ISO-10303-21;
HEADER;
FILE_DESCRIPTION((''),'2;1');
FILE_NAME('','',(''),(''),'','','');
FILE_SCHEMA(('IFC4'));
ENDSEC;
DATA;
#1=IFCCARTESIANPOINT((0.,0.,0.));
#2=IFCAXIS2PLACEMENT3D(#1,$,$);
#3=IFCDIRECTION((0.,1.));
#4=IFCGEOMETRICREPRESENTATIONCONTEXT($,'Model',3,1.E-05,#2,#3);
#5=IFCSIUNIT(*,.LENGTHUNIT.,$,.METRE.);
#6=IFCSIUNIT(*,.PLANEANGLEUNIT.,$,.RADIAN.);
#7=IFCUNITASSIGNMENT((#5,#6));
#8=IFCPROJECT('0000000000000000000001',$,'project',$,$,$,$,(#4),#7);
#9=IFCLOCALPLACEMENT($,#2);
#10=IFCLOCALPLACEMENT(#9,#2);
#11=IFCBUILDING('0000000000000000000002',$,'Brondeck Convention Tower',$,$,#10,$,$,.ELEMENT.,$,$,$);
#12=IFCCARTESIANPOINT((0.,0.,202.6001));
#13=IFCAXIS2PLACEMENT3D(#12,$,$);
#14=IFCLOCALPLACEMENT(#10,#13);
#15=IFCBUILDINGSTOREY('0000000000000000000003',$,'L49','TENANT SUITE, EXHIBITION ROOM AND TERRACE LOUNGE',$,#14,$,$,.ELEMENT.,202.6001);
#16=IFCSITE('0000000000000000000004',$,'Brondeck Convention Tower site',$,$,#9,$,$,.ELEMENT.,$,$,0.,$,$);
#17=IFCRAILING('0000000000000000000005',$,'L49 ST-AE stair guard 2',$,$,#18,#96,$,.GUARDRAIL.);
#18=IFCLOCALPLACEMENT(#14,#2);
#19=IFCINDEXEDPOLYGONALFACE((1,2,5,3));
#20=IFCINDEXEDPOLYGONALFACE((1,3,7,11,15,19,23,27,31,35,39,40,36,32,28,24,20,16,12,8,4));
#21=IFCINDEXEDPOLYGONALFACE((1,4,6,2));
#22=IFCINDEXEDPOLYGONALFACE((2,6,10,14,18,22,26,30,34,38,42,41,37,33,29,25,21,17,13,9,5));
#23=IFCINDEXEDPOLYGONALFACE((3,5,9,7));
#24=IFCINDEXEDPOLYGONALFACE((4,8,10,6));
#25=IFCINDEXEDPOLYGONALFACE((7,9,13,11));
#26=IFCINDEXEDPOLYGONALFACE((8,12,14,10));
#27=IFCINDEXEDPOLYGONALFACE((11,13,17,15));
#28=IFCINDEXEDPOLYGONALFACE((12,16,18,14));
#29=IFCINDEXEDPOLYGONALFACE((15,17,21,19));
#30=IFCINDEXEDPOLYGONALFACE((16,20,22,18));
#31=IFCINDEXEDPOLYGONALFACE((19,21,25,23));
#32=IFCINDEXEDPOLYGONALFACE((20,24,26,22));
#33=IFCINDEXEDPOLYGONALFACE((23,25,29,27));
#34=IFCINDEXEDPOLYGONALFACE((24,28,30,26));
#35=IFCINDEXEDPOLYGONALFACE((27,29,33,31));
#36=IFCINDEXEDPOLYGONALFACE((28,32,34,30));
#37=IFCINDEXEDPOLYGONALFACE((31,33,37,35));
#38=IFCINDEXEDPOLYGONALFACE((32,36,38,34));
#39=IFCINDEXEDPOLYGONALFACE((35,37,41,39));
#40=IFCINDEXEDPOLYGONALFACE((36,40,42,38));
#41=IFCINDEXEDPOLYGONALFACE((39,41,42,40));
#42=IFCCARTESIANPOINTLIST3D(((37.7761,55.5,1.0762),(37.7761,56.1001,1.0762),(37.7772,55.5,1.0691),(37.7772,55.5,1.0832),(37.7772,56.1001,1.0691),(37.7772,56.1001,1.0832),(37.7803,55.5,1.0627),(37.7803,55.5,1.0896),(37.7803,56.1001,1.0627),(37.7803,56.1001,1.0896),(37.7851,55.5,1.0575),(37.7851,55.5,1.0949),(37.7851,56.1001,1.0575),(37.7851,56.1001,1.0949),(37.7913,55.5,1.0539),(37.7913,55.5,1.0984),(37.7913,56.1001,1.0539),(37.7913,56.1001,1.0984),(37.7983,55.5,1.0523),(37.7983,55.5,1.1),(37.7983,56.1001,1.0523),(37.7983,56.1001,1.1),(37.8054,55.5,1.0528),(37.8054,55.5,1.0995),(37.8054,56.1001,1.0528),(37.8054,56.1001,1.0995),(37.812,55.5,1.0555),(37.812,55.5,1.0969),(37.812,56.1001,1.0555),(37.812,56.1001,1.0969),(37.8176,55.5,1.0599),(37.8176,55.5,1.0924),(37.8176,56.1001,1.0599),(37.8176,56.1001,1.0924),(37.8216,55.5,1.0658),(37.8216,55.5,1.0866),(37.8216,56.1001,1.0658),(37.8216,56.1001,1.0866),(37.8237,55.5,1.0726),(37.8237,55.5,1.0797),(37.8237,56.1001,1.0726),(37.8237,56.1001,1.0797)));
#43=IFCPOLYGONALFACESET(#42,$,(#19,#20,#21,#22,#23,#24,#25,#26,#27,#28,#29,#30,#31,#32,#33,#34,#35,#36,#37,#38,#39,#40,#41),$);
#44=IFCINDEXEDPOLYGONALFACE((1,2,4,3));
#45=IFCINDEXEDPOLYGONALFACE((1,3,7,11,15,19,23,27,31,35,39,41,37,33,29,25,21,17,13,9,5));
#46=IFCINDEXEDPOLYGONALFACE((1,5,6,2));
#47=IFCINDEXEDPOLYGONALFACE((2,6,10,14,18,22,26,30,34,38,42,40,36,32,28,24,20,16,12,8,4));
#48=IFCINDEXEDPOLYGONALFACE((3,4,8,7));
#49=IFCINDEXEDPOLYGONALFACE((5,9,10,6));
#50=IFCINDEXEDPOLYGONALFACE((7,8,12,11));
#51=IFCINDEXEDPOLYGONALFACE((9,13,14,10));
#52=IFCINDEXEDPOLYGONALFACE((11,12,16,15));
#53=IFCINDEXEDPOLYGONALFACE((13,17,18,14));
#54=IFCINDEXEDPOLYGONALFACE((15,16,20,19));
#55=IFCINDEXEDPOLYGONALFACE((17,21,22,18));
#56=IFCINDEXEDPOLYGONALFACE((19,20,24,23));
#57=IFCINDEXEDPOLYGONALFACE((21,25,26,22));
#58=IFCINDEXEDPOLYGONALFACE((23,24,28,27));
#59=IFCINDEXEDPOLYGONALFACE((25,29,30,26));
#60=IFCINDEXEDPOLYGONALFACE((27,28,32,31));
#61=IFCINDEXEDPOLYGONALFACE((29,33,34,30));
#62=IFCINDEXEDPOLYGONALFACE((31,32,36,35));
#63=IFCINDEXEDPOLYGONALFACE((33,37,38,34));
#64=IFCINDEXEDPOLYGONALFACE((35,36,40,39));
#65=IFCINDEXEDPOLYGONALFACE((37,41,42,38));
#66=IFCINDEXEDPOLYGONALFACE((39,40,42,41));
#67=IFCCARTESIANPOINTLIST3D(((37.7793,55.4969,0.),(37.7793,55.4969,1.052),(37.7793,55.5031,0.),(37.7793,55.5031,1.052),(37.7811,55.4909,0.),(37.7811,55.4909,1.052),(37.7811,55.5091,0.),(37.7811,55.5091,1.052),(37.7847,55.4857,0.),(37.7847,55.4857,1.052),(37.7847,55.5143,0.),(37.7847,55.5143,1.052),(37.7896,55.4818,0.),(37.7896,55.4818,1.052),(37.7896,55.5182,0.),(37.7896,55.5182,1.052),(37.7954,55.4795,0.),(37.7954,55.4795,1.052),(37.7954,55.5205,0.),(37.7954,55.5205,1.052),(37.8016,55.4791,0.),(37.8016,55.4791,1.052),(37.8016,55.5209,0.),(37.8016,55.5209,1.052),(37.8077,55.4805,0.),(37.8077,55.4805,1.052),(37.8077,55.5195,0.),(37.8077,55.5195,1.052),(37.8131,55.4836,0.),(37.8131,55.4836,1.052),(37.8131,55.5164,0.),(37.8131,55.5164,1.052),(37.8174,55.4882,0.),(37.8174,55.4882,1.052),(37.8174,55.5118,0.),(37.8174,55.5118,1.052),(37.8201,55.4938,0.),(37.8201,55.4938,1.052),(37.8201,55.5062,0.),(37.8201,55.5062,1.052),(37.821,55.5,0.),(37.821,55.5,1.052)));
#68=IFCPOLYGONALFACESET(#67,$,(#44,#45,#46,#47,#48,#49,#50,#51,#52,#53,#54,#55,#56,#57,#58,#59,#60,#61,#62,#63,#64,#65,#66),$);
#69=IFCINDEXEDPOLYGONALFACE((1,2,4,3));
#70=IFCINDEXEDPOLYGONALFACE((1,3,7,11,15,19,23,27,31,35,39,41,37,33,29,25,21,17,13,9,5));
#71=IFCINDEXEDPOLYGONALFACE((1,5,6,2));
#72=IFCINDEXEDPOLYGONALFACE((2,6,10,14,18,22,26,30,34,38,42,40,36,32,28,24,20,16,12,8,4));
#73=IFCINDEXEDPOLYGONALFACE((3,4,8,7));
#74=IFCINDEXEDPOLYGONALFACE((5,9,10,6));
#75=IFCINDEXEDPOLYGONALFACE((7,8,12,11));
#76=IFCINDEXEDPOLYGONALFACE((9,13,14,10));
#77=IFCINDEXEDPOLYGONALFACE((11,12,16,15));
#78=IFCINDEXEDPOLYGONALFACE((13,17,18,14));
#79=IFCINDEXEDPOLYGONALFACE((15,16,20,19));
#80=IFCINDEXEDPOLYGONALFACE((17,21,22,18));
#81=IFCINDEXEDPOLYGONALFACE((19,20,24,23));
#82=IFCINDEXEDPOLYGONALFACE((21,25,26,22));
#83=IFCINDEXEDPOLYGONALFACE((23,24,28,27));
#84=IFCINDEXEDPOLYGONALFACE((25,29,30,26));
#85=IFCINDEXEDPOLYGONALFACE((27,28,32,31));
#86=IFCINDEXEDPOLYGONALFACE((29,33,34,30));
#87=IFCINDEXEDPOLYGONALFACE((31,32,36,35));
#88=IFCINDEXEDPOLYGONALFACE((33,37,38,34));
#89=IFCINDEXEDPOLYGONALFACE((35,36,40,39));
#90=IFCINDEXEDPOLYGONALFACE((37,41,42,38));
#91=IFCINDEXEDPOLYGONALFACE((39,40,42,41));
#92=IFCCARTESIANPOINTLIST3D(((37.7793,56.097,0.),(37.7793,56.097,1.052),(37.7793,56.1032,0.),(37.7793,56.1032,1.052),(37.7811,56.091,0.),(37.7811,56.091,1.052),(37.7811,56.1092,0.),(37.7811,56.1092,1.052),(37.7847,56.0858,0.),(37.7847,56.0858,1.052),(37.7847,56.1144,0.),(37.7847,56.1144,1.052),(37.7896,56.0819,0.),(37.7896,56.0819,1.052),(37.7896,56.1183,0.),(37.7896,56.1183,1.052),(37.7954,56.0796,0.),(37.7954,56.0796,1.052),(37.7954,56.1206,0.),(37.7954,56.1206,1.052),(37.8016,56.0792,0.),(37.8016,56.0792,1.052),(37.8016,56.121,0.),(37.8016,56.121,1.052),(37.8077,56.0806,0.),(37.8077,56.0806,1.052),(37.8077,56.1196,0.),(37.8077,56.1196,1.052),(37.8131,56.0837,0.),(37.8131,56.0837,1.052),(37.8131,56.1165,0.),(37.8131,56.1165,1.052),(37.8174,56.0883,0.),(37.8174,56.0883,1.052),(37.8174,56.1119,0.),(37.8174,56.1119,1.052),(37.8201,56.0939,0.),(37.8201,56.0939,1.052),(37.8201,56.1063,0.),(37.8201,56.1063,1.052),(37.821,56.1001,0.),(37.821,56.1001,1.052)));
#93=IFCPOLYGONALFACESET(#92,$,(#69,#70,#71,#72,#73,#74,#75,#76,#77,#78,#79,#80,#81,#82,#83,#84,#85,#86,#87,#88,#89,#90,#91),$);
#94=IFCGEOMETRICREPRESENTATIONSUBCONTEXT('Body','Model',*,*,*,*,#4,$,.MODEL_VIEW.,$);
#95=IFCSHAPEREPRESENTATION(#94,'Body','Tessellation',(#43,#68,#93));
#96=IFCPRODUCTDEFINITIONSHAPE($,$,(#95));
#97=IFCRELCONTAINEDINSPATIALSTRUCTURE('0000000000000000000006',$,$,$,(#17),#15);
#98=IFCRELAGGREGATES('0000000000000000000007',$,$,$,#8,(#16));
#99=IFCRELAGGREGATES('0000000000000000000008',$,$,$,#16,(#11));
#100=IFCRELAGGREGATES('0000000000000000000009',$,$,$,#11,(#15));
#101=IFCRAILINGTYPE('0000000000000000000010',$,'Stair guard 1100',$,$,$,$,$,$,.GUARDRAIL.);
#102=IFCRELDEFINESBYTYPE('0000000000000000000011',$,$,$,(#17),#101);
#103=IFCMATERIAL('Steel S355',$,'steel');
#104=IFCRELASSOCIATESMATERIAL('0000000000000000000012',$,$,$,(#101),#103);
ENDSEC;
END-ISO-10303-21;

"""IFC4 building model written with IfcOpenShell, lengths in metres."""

from ifc_helpers import new_model, si_unit, direction, frame, origin, origin_2d, place, context, subcontext, project, spatial, circle, extrude, material, type_object, element, save


model = new_model("IFC4")

# Units and contexts
model_context = context("Model", 3, precision=1e-05, world=origin(), true_north=direction((0.0, 1.0)))
body_context = subcontext(model_context, "Body", "Model", "MODEL_VIEW")
ifc_project = project(units=[si_unit("LENGTHUNIT", "METRE"), si_unit("PLANEANGLEUNIT", "RADIAN")], contexts=[model_context])

# Site, building, storey
site_placement = place(None, origin())
site = spatial("IfcSite", under=ifc_project, at=site_placement, Name="Brondeck Convention Tower site", CompositionType="ELEMENT", RefElevation=0.0)
building_placement = place(site_placement, origin())
building = spatial("IfcBuilding", under=site, at=building_placement, Name="Brondeck Convention Tower", CompositionType="ELEMENT")
storey_placement = place(building_placement, frame((0.0, 0.0, 202.6001)))
storey = spatial("IfcBuildingStorey", under=building, at=storey_placement, Name="L49", Description="TENANT SUITE, EXHIBITION ROOM AND TERRACE LOUNGE", CompositionType="ELEMENT", Elevation=202.6001)

# Shared definitions
ifc_material_1 = material(Name="Steel S355", Category="steel")

# Railing
railing_type_1 = type_object("IfcRailingType", Name="Stair guard 1100", PredefinedType="GUARDRAIL", material=ifc_material_1)
railing_1_placement = place(storey_placement, frame((37.8, 55.5, 0.0)))
element("IfcRailing", 1, at=railing_1_placement, inside=storey, type_object=railing_type_1, Name="L49 ST-AE stair guard 2", PredefinedType="GUARDRAIL", context=body_context, shape_type="SweptSolid", body=[
    extrude(circle(Radius=0.0239, at=origin_2d()), frame((0.0, 0.0, 1.0762), z_axis=(0.0, 1.0, 0.0), x_axis=(-1.0, 0.0, 0.0)), (0.0, 0.0, 1.0), 0.6001),
    extrude(circle(Radius=0.021, at=origin_2d()), origin(), (0.0, 0.0, 1.0), 1.052),
    extrude(circle(Radius=0.021, at=origin_2d()), frame((0.0, 0.6001, 0.0)), (0.0, 0.0, 1.0), 1.052),
])

save(model, "model.ifc")
